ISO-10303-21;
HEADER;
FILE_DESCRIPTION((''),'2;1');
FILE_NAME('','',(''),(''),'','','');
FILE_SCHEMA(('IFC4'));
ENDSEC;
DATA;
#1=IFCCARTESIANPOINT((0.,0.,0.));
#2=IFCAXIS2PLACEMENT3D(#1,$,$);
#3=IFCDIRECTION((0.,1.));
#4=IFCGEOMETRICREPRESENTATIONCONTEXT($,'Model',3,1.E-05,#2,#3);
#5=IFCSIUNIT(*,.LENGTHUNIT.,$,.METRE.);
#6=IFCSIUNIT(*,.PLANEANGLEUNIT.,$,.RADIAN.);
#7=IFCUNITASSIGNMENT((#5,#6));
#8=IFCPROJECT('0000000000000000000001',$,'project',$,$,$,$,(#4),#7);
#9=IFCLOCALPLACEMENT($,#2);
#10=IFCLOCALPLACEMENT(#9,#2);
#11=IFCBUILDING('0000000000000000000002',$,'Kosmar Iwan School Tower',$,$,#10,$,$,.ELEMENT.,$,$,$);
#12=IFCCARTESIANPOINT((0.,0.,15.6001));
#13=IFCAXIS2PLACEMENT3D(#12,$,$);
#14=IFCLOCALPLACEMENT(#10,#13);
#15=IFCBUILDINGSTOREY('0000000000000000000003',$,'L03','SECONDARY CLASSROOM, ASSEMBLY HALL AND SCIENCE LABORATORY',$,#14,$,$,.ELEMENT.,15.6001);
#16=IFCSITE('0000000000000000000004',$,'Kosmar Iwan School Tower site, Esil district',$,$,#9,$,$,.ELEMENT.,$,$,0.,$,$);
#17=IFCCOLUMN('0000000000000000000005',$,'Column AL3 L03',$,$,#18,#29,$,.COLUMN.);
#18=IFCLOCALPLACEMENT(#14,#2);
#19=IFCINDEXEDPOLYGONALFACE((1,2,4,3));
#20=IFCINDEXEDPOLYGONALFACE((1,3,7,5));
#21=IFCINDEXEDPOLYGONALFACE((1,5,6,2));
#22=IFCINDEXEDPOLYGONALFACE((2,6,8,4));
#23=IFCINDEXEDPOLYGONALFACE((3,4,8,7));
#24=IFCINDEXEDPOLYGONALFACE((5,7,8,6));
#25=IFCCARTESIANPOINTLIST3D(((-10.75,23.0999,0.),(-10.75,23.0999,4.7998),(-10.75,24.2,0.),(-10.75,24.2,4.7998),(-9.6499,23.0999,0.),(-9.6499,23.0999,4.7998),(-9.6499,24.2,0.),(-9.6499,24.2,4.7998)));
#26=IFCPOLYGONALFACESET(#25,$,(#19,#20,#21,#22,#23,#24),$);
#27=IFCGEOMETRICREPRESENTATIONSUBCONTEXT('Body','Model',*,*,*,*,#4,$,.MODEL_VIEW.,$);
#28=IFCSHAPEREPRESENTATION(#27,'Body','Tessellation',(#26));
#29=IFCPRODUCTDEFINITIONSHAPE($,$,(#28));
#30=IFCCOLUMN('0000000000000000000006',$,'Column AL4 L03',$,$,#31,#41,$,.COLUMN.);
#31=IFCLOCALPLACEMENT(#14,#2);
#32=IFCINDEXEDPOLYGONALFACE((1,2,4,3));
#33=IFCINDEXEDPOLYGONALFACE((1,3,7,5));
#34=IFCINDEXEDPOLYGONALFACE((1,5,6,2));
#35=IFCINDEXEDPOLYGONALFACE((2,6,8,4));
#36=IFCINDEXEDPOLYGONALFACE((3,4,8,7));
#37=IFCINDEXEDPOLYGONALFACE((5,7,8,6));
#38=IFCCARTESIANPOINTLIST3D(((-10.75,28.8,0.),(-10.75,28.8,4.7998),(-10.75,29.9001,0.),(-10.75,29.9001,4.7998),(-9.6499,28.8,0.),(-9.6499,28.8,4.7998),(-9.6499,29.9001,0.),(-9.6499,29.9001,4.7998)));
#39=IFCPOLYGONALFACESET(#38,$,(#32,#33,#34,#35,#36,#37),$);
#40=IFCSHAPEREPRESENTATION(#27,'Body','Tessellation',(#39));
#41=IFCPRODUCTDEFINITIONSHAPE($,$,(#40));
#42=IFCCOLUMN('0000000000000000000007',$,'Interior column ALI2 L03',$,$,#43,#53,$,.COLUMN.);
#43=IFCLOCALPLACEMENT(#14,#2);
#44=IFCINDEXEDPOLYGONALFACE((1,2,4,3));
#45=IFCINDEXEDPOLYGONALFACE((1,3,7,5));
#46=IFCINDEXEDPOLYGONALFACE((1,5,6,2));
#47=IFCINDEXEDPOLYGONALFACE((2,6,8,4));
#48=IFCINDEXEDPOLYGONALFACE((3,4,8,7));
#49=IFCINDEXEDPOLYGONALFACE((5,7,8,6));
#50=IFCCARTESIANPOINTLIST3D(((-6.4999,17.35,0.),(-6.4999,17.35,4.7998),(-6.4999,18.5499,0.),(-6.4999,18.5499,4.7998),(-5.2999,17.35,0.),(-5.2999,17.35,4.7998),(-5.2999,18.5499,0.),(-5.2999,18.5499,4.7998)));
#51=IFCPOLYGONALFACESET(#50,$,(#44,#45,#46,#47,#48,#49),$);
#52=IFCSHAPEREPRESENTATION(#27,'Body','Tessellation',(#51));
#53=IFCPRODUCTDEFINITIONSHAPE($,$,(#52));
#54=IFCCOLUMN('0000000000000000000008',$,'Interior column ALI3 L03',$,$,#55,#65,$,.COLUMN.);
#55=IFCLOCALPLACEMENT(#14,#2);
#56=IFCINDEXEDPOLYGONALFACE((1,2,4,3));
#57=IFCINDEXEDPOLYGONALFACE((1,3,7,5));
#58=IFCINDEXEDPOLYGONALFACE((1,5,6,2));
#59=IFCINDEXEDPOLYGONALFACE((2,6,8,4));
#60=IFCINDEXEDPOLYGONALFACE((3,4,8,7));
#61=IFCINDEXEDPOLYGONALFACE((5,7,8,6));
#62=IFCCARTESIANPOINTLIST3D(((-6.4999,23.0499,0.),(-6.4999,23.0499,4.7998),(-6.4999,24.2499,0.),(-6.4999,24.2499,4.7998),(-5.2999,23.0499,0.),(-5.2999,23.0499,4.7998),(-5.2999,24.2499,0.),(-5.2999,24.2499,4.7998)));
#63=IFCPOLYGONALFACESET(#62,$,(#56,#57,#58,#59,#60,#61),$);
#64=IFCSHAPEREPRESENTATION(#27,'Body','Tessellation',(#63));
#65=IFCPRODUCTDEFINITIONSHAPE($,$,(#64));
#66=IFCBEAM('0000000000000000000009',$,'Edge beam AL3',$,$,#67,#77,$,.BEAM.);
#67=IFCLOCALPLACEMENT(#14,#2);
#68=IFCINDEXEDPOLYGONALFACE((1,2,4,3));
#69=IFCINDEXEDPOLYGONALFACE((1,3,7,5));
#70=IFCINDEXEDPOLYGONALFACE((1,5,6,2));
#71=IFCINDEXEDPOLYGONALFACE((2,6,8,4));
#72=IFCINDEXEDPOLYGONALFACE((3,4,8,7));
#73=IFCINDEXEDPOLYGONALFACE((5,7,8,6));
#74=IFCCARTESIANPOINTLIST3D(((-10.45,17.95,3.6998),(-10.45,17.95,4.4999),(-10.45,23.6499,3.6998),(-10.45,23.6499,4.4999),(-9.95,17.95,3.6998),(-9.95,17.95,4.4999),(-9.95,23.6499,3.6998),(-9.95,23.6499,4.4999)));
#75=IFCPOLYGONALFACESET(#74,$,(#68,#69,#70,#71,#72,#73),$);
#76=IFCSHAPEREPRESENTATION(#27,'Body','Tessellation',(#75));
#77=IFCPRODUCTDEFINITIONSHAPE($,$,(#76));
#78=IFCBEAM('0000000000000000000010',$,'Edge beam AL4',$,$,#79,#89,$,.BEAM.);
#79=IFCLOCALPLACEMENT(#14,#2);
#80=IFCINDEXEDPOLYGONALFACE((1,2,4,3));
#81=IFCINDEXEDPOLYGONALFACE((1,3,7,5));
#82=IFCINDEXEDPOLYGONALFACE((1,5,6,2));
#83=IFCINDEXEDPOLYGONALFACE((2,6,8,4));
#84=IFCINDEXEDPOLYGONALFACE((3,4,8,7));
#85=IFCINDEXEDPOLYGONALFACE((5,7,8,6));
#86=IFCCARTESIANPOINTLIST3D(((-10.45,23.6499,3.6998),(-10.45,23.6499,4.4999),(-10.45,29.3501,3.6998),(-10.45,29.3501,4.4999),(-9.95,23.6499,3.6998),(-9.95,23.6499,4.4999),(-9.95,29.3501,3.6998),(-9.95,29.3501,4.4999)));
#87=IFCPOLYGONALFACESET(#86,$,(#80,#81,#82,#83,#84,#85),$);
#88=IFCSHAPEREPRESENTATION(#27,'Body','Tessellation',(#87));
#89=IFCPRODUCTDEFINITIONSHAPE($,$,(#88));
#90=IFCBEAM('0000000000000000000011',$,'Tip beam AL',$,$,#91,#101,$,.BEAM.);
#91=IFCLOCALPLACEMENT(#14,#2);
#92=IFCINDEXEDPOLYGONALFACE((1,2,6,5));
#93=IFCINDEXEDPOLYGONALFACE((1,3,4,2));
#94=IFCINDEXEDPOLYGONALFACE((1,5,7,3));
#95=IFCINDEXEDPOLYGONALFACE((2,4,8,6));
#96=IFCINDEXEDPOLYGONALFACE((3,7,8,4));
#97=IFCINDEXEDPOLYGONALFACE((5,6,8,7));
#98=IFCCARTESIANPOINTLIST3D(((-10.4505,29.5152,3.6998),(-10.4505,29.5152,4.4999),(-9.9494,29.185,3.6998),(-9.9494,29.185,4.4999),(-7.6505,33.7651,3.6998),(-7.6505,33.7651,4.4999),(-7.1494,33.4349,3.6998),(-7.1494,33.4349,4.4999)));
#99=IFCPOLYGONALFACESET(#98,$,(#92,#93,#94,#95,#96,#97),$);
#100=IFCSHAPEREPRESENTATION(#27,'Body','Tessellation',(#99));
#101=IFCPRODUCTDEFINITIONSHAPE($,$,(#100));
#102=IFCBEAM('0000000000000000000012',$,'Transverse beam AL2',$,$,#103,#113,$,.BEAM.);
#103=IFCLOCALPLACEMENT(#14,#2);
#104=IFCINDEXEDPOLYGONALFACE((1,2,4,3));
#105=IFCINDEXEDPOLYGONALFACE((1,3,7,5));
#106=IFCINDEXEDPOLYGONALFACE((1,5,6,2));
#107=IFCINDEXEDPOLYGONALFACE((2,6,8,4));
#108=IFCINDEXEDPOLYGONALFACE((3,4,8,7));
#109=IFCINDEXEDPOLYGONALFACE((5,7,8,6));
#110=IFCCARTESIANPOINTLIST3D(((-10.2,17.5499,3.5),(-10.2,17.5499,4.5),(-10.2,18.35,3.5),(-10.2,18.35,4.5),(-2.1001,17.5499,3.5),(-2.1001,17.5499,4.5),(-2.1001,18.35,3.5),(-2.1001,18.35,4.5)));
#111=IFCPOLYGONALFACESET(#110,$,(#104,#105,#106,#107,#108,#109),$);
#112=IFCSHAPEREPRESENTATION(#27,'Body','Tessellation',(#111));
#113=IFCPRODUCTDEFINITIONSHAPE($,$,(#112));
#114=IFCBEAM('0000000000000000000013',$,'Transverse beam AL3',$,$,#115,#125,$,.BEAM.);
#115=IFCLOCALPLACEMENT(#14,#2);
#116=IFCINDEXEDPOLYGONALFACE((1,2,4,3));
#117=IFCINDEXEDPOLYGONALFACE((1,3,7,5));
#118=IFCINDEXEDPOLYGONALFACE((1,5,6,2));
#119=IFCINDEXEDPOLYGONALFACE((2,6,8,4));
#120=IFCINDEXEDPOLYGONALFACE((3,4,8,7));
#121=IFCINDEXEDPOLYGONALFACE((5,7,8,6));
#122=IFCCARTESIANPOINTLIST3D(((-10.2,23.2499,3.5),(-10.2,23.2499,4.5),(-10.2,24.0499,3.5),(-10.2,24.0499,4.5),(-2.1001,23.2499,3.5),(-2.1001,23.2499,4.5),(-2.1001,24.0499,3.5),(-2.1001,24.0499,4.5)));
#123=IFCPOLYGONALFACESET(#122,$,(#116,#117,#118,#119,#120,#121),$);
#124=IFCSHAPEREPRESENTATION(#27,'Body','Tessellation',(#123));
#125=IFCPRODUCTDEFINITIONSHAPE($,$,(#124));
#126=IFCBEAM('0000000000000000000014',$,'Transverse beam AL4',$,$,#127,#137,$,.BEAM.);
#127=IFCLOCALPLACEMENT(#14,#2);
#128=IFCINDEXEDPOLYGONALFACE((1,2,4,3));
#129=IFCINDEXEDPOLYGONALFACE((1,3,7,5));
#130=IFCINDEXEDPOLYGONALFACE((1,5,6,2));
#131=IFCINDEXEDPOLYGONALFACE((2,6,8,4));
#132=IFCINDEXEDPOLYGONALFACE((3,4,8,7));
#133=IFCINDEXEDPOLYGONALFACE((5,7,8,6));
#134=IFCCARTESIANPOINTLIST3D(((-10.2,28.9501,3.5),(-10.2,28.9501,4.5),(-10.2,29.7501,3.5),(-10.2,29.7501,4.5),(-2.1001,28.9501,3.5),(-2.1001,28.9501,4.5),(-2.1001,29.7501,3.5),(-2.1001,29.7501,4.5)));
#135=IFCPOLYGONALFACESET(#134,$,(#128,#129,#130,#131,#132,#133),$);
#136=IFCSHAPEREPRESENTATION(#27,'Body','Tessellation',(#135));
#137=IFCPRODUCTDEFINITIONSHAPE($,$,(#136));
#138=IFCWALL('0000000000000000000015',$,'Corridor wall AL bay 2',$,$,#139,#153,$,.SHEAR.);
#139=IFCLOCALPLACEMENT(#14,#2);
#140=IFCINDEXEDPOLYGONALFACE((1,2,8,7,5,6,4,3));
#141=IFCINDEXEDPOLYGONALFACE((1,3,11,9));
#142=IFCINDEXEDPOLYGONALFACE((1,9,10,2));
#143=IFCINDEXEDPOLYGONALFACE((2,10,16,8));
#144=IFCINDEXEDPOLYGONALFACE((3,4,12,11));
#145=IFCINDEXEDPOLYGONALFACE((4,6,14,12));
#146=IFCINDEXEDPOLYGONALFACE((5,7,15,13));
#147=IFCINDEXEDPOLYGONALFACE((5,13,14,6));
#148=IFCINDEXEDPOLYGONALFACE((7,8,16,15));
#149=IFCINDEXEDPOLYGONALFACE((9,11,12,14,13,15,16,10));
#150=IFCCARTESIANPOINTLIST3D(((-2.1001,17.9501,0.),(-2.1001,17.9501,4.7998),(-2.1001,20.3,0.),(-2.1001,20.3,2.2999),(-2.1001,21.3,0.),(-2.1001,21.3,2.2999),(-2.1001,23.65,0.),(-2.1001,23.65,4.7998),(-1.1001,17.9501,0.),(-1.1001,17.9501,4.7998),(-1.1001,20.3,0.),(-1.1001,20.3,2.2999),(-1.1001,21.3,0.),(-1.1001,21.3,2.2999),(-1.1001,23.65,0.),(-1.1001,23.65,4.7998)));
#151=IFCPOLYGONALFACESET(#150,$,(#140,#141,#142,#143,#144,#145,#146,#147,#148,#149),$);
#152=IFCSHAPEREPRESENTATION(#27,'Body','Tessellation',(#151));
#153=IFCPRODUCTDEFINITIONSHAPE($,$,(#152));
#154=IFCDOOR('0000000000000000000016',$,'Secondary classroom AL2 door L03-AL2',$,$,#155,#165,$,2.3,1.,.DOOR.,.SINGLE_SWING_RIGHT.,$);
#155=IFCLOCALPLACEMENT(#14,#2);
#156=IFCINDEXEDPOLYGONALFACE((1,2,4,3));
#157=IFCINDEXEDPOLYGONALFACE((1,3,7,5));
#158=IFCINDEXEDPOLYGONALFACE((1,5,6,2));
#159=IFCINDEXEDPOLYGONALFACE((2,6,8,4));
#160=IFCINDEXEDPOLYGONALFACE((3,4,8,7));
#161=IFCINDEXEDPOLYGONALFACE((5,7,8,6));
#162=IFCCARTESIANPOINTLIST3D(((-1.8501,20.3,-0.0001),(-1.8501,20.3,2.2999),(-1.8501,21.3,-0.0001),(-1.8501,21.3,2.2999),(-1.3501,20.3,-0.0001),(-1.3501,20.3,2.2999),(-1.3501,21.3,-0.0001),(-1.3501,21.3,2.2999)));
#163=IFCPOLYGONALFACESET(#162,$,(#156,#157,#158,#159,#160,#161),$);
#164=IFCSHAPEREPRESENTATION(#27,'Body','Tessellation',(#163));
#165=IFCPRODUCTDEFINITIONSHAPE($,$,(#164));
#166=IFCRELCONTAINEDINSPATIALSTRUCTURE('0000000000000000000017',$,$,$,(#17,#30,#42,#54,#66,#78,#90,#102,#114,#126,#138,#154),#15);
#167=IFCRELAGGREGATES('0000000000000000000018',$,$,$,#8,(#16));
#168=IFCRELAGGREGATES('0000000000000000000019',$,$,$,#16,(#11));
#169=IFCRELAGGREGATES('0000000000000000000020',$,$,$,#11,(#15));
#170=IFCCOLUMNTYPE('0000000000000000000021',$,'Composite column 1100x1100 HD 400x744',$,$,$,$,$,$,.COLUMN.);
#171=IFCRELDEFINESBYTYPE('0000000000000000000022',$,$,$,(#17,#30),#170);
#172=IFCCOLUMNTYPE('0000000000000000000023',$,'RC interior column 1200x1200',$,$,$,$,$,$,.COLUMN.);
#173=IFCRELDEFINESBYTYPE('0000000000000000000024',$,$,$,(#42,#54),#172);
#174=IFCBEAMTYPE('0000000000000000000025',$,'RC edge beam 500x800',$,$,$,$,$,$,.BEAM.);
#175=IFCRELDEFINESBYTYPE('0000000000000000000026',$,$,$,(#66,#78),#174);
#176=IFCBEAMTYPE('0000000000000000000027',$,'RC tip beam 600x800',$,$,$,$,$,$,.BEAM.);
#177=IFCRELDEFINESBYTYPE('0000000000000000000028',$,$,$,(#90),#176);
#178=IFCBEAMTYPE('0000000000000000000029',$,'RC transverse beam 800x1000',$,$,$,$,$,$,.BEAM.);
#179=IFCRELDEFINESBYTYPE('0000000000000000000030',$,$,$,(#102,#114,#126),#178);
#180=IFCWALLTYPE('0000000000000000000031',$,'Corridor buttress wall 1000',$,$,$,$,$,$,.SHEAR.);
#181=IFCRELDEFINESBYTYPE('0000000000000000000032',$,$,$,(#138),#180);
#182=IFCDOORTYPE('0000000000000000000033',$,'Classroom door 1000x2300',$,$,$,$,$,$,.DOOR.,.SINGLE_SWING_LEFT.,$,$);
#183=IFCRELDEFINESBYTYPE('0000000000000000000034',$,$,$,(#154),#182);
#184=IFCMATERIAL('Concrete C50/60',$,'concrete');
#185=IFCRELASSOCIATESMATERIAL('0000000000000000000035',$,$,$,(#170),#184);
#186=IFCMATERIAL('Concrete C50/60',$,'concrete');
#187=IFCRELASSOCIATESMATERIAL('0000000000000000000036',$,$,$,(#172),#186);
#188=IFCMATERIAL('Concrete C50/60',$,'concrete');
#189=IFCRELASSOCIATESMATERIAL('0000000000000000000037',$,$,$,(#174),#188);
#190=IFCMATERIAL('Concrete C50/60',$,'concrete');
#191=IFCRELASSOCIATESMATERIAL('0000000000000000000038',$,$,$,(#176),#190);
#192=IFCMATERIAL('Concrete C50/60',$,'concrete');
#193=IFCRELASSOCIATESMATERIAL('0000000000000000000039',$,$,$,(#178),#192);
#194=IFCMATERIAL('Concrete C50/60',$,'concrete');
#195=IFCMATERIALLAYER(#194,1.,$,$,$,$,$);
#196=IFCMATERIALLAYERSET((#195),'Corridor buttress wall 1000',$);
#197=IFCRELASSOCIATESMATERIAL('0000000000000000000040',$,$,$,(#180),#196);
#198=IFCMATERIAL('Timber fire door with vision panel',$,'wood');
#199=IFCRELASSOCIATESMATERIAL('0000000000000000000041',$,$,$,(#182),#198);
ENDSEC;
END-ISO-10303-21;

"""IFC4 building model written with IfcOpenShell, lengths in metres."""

from ifc_helpers import new_model, si_unit, direction, frame, frame_2d, origin, origin_2d, place, context, subcontext, project, spatial, rectangle, extrude, material, layer, layer_set, material_profile, profile_set, type_object, element, fill, save


model = new_model("IFC4")

# Units and contexts
model_context = context("Model", 3, precision=1e-05, world=origin(), true_north=direction((0.0, 1.0)))
body_context = subcontext(model_context, "Body", "Model", "MODEL_VIEW")
ifc_project = project(units=[si_unit("LENGTHUNIT", "METRE"), si_unit("PLANEANGLEUNIT", "RADIAN")], contexts=[model_context])

# Site, building, storey
site_placement = place(None, origin())
site = spatial("IfcSite", under=ifc_project, at=site_placement, Name="Kosmar Iwan School Tower site, Esil district", CompositionType="ELEMENT", RefElevation=0.0)
building_placement = place(site_placement, origin())
building = spatial("IfcBuilding", under=site, at=building_placement, Name="Kosmar Iwan School Tower", CompositionType="ELEMENT")
storey_placement = place(building_placement, frame((0.0, 0.0, 15.6001)))
storey = spatial("IfcBuildingStorey", under=building, at=storey_placement, Name="L03", Description="SECONDARY CLASSROOM, ASSEMBLY HALL AND SCIENCE LABORATORY", CompositionType="ELEMENT", Elevation=15.6001)

# Columns
ifc_material_1 = material(Name="Concrete C50/60", Category="concrete")
ifc_material_profile_1 = material_profile(ifc_material_1, rectangle(XDim=1.1001, YDim=1.1001, at=origin_2d()), Name="RC 1100x1100 + HD 400x744")
ifc_profile_set_1 = profile_set([ifc_material_profile_1], Name="Concrete C50/60")
column_type_1 = type_object("IfcColumnType", Name="Composite column 1100x1100 HD 400x744", PredefinedType="COLUMN", material=ifc_profile_set_1)
for number, where, z_axis, x_axis, name in (
    (1, (-10.2, 23.6499, 0.0), (0.0, 0.0, 1.0), (0.0, 1.0, 0.0), "Column AL3 L03"),
    (2, (-10.2, 29.3501, 0.0), (0.0, 0.0, 1.0), (0.0, 1.0, 0.0), "Column AL4 L03"),
):
    element("IfcColumn", number, at=place(storey_placement, frame(where, z_axis=z_axis, x_axis=x_axis)), inside=storey, type_object=column_type_1, Name=name, PredefinedType="COLUMN", context=body_context, shape_type="SweptSolid", body=[
        extrude(rectangle(XDim=1.1001, YDim=1.1001, at=origin_2d()), origin(), (0.0, 0.0, 1.0), 4.7998),
    ])
ifc_material_2 = material(Name="Concrete C50/60", Category="concrete")
ifc_material_profile_2 = material_profile(ifc_material_2, rectangle(XDim=1.2, YDim=1.2, at=origin_2d()), Name="RC 1200x1200")
ifc_profile_set_2 = profile_set([ifc_material_profile_2], Name="Concrete C50/60")
column_type_2 = type_object("IfcColumnType", Name="RC interior column 1200x1200", PredefinedType="COLUMN", material=ifc_profile_set_2)
for number, where, z_axis, x_axis, name in (
    (3, (-5.8999, 17.95, 0.0), (0.0, 0.0, 1.0), (0.0, 1.0, 0.0), "Interior column ALI2 L03"),
    (4, (-5.8999, 23.6499, 0.0), (0.0, 0.0, 1.0), (0.0, 1.0, 0.0), "Interior column ALI3 L03"),
):
    element("IfcColumn", number, at=place(storey_placement, frame(where, z_axis=z_axis, x_axis=x_axis)), inside=storey, type_object=column_type_2, Name=name, PredefinedType="COLUMN", context=body_context, shape_type="SweptSolid", body=[
        extrude(rectangle(XDim=1.2, YDim=1.2, at=origin_2d()), origin(), (0.0, 0.0, 1.0), 4.7998),
    ])

# Beams
ifc_material_3 = material(Name="Concrete C50/60", Category="concrete")
ifc_material_profile_3 = material_profile(ifc_material_3, rectangle(XDim=0.5, YDim=0.8, at=origin_2d()), Name="RC 500x800")
ifc_profile_set_3 = profile_set([ifc_material_profile_3], Name="Concrete C50/60")
beam_type_1 = type_object("IfcBeamType", Name="RC edge beam 500x800", PredefinedType="BEAM", material=ifc_profile_set_3)
beam_1_placement = place(storey_placement, frame((-10.2, 17.95, 4.0999), z_axis=(0.0, 1.0, 0.0), x_axis=(-1.0, 0.0, 0.0)))
element("IfcBeam", 5, at=beam_1_placement, inside=storey, type_object=beam_type_1, Name="Edge beam AL3", PredefinedType="BEAM", context=body_context, shape_type="SweptSolid", body=[
    extrude(rectangle(XDim=0.5, YDim=0.8, at=origin_2d()), origin(), (0.0, 0.0, 1.0), 5.7),
])
beam_2_placement = place(storey_placement, frame((-10.2, 23.6499, 4.0999), z_axis=(0.0, 1.0, 0.0), x_axis=(-1.0, 0.0, 0.0)))
element("IfcBeam", 6, at=beam_2_placement, inside=storey, type_object=beam_type_1, Name="Edge beam AL4", PredefinedType="BEAM", context=body_context, shape_type="SweptSolid", body=[
    extrude(rectangle(XDim=0.5, YDim=0.8, at=origin_2d()), origin(), (0.0, 0.0, 1.0), 5.7002),
])
ifc_material_4 = material(Name="Concrete C50/60", Category="concrete")
ifc_material_profile_4 = material_profile(ifc_material_4, rectangle(XDim=0.6001, YDim=0.8, at=origin_2d()), Name="RC 600x800")
ifc_profile_set_4 = profile_set([ifc_material_profile_4], Name="Concrete C50/60")
beam_type_2 = type_object("IfcBeamType", Name="RC tip beam 600x800", PredefinedType="BEAM", material=ifc_profile_set_4)
beam_3_placement = place(storey_placement, frame((-10.2, 29.3501, 4.0999), z_axis=(0.550164, 0.835056, 0.0), x_axis=(-0.835056, 0.550164, 0.0)))
element("IfcBeam", 7, at=beam_3_placement, inside=storey, type_object=beam_type_2, Name="Tip beam AL", PredefinedType="BEAM", context=body_context, shape_type="SweptSolid", body=[
    extrude(rectangle(XDim=0.6001, YDim=0.8, at=origin_2d()), origin(), (0.0, 0.0, 1.0), 5.0894),
])
ifc_material_5 = material(Name="Concrete C50/60", Category="concrete")
ifc_material_profile_5 = material_profile(ifc_material_5, rectangle(XDim=0.8, YDim=1.0, at=origin_2d()), Name="RC 800x1000")
ifc_profile_set_5 = profile_set([ifc_material_profile_5], Name="Concrete C50/60")
beam_type_3 = type_object("IfcBeamType", Name="RC transverse beam 800x1000", PredefinedType="BEAM", material=ifc_profile_set_5)
for number, where, z_axis, x_axis, name in (
    (8, (-10.2, 17.95, 4.0), (1.0, 0.0, 0.0), (0.0, 1.0, 0.0), "Transverse beam AL2"),
    (9, (-10.2, 23.6499, 4.0), (1.0, 0.0, 0.0), (0.0, 1.0, 0.0), "Transverse beam AL3"),
    (10, (-10.2, 29.3501, 4.0), (1.0, 0.0, 0.0), (0.0, 1.0, 0.0), "Transverse beam AL4"),
):
    element("IfcBeam", number, at=place(storey_placement, frame(where, z_axis=z_axis, x_axis=x_axis)), inside=storey, type_object=beam_type_3, Name=name, PredefinedType="BEAM", context=body_context, shape_type="SweptSolid", body=[
        extrude(rectangle(XDim=0.8, YDim=1.0, at=origin_2d()), origin(), (0.0, 0.0, 1.0), 8.0999),
    ])

# Wall, opening, door
ifc_material_6 = material(Name="Concrete C50/60", Category="concrete")
ifc_layer_1 = layer(ifc_material_6, 1.0)
ifc_layer_set_1 = layer_set([ifc_layer_1], Name="Corridor buttress wall 1000")
wall_type_1 = type_object("IfcWallType", Name="Corridor buttress wall 1000", PredefinedType="SHEAR", material=ifc_layer_set_1)
wall_1_placement = place(storey_placement, frame((-1.6001, 17.95, 0.0), z_axis=(0.0, 0.0, 1.0), x_axis=(0.0, 1.0, 0.0)))
wall_1 = element("IfcWall", 11, at=wall_1_placement, inside=storey, type_object=wall_type_1, Name="Corridor wall AL bay 2", PredefinedType="SHEAR", context=body_context, shape_type="SweptSolid", body=[
    extrude(rectangle(XDim=5.7, YDim=1.0, at=frame_2d((2.8501, 0.0))), origin(), (0.0, 0.0, 1.0), 4.7998),
])
opening_1_placement = place(wall_1_placement, frame((2.3501, 0.0, 0.0)))
opening_1 = element("IfcOpeningElement", 12, at=opening_1_placement, cuts=wall_1, PredefinedType="OPENING", context=body_context, shape_type="SweptSolid", body=[
    extrude(rectangle(XDim=1.0, YDim=2.3, at=frame_2d((0.5, 1.1499))), frame((0.0, 0.512, 0.0), z_axis=(0.0, -1.0, 0.0), x_axis=(1.0, 0.0, 0.0)), (0.0, 0.0, 1.0), 1.0239),
])
ifc_material_7 = material(Name="Timber fire door with vision panel", Category="wood")
door_type = type_object("IfcDoorType", Name="Classroom door 1000x2300", OperationType="SINGLE_SWING_LEFT", PredefinedType="DOOR", material=ifc_material_7)
door_1_placement = place(opening_1_placement, origin())
door_1 = element("IfcDoor", 13, at=door_1_placement, inside=storey, type_object=door_type, Name="Secondary classroom AL2 door L03-AL2", OperationType="SINGLE_SWING_RIGHT", OverallHeight=2.3, OverallWidth=1.0, PredefinedType="DOOR", context=body_context, shape_type="SweptSolid", body=[
    extrude(rectangle(XDim=1.0, YDim=2.3, at=frame_2d((0.5, 1.1499))), frame((0.0, 0.25, 0.0), z_axis=(0.0, -1.0, 0.0), x_axis=(1.0, 0.0, 0.0)), (0.0, 0.0, 1.0), 0.5),
])
fill(opening_1, door_1)

save(model, "model.ifc")
